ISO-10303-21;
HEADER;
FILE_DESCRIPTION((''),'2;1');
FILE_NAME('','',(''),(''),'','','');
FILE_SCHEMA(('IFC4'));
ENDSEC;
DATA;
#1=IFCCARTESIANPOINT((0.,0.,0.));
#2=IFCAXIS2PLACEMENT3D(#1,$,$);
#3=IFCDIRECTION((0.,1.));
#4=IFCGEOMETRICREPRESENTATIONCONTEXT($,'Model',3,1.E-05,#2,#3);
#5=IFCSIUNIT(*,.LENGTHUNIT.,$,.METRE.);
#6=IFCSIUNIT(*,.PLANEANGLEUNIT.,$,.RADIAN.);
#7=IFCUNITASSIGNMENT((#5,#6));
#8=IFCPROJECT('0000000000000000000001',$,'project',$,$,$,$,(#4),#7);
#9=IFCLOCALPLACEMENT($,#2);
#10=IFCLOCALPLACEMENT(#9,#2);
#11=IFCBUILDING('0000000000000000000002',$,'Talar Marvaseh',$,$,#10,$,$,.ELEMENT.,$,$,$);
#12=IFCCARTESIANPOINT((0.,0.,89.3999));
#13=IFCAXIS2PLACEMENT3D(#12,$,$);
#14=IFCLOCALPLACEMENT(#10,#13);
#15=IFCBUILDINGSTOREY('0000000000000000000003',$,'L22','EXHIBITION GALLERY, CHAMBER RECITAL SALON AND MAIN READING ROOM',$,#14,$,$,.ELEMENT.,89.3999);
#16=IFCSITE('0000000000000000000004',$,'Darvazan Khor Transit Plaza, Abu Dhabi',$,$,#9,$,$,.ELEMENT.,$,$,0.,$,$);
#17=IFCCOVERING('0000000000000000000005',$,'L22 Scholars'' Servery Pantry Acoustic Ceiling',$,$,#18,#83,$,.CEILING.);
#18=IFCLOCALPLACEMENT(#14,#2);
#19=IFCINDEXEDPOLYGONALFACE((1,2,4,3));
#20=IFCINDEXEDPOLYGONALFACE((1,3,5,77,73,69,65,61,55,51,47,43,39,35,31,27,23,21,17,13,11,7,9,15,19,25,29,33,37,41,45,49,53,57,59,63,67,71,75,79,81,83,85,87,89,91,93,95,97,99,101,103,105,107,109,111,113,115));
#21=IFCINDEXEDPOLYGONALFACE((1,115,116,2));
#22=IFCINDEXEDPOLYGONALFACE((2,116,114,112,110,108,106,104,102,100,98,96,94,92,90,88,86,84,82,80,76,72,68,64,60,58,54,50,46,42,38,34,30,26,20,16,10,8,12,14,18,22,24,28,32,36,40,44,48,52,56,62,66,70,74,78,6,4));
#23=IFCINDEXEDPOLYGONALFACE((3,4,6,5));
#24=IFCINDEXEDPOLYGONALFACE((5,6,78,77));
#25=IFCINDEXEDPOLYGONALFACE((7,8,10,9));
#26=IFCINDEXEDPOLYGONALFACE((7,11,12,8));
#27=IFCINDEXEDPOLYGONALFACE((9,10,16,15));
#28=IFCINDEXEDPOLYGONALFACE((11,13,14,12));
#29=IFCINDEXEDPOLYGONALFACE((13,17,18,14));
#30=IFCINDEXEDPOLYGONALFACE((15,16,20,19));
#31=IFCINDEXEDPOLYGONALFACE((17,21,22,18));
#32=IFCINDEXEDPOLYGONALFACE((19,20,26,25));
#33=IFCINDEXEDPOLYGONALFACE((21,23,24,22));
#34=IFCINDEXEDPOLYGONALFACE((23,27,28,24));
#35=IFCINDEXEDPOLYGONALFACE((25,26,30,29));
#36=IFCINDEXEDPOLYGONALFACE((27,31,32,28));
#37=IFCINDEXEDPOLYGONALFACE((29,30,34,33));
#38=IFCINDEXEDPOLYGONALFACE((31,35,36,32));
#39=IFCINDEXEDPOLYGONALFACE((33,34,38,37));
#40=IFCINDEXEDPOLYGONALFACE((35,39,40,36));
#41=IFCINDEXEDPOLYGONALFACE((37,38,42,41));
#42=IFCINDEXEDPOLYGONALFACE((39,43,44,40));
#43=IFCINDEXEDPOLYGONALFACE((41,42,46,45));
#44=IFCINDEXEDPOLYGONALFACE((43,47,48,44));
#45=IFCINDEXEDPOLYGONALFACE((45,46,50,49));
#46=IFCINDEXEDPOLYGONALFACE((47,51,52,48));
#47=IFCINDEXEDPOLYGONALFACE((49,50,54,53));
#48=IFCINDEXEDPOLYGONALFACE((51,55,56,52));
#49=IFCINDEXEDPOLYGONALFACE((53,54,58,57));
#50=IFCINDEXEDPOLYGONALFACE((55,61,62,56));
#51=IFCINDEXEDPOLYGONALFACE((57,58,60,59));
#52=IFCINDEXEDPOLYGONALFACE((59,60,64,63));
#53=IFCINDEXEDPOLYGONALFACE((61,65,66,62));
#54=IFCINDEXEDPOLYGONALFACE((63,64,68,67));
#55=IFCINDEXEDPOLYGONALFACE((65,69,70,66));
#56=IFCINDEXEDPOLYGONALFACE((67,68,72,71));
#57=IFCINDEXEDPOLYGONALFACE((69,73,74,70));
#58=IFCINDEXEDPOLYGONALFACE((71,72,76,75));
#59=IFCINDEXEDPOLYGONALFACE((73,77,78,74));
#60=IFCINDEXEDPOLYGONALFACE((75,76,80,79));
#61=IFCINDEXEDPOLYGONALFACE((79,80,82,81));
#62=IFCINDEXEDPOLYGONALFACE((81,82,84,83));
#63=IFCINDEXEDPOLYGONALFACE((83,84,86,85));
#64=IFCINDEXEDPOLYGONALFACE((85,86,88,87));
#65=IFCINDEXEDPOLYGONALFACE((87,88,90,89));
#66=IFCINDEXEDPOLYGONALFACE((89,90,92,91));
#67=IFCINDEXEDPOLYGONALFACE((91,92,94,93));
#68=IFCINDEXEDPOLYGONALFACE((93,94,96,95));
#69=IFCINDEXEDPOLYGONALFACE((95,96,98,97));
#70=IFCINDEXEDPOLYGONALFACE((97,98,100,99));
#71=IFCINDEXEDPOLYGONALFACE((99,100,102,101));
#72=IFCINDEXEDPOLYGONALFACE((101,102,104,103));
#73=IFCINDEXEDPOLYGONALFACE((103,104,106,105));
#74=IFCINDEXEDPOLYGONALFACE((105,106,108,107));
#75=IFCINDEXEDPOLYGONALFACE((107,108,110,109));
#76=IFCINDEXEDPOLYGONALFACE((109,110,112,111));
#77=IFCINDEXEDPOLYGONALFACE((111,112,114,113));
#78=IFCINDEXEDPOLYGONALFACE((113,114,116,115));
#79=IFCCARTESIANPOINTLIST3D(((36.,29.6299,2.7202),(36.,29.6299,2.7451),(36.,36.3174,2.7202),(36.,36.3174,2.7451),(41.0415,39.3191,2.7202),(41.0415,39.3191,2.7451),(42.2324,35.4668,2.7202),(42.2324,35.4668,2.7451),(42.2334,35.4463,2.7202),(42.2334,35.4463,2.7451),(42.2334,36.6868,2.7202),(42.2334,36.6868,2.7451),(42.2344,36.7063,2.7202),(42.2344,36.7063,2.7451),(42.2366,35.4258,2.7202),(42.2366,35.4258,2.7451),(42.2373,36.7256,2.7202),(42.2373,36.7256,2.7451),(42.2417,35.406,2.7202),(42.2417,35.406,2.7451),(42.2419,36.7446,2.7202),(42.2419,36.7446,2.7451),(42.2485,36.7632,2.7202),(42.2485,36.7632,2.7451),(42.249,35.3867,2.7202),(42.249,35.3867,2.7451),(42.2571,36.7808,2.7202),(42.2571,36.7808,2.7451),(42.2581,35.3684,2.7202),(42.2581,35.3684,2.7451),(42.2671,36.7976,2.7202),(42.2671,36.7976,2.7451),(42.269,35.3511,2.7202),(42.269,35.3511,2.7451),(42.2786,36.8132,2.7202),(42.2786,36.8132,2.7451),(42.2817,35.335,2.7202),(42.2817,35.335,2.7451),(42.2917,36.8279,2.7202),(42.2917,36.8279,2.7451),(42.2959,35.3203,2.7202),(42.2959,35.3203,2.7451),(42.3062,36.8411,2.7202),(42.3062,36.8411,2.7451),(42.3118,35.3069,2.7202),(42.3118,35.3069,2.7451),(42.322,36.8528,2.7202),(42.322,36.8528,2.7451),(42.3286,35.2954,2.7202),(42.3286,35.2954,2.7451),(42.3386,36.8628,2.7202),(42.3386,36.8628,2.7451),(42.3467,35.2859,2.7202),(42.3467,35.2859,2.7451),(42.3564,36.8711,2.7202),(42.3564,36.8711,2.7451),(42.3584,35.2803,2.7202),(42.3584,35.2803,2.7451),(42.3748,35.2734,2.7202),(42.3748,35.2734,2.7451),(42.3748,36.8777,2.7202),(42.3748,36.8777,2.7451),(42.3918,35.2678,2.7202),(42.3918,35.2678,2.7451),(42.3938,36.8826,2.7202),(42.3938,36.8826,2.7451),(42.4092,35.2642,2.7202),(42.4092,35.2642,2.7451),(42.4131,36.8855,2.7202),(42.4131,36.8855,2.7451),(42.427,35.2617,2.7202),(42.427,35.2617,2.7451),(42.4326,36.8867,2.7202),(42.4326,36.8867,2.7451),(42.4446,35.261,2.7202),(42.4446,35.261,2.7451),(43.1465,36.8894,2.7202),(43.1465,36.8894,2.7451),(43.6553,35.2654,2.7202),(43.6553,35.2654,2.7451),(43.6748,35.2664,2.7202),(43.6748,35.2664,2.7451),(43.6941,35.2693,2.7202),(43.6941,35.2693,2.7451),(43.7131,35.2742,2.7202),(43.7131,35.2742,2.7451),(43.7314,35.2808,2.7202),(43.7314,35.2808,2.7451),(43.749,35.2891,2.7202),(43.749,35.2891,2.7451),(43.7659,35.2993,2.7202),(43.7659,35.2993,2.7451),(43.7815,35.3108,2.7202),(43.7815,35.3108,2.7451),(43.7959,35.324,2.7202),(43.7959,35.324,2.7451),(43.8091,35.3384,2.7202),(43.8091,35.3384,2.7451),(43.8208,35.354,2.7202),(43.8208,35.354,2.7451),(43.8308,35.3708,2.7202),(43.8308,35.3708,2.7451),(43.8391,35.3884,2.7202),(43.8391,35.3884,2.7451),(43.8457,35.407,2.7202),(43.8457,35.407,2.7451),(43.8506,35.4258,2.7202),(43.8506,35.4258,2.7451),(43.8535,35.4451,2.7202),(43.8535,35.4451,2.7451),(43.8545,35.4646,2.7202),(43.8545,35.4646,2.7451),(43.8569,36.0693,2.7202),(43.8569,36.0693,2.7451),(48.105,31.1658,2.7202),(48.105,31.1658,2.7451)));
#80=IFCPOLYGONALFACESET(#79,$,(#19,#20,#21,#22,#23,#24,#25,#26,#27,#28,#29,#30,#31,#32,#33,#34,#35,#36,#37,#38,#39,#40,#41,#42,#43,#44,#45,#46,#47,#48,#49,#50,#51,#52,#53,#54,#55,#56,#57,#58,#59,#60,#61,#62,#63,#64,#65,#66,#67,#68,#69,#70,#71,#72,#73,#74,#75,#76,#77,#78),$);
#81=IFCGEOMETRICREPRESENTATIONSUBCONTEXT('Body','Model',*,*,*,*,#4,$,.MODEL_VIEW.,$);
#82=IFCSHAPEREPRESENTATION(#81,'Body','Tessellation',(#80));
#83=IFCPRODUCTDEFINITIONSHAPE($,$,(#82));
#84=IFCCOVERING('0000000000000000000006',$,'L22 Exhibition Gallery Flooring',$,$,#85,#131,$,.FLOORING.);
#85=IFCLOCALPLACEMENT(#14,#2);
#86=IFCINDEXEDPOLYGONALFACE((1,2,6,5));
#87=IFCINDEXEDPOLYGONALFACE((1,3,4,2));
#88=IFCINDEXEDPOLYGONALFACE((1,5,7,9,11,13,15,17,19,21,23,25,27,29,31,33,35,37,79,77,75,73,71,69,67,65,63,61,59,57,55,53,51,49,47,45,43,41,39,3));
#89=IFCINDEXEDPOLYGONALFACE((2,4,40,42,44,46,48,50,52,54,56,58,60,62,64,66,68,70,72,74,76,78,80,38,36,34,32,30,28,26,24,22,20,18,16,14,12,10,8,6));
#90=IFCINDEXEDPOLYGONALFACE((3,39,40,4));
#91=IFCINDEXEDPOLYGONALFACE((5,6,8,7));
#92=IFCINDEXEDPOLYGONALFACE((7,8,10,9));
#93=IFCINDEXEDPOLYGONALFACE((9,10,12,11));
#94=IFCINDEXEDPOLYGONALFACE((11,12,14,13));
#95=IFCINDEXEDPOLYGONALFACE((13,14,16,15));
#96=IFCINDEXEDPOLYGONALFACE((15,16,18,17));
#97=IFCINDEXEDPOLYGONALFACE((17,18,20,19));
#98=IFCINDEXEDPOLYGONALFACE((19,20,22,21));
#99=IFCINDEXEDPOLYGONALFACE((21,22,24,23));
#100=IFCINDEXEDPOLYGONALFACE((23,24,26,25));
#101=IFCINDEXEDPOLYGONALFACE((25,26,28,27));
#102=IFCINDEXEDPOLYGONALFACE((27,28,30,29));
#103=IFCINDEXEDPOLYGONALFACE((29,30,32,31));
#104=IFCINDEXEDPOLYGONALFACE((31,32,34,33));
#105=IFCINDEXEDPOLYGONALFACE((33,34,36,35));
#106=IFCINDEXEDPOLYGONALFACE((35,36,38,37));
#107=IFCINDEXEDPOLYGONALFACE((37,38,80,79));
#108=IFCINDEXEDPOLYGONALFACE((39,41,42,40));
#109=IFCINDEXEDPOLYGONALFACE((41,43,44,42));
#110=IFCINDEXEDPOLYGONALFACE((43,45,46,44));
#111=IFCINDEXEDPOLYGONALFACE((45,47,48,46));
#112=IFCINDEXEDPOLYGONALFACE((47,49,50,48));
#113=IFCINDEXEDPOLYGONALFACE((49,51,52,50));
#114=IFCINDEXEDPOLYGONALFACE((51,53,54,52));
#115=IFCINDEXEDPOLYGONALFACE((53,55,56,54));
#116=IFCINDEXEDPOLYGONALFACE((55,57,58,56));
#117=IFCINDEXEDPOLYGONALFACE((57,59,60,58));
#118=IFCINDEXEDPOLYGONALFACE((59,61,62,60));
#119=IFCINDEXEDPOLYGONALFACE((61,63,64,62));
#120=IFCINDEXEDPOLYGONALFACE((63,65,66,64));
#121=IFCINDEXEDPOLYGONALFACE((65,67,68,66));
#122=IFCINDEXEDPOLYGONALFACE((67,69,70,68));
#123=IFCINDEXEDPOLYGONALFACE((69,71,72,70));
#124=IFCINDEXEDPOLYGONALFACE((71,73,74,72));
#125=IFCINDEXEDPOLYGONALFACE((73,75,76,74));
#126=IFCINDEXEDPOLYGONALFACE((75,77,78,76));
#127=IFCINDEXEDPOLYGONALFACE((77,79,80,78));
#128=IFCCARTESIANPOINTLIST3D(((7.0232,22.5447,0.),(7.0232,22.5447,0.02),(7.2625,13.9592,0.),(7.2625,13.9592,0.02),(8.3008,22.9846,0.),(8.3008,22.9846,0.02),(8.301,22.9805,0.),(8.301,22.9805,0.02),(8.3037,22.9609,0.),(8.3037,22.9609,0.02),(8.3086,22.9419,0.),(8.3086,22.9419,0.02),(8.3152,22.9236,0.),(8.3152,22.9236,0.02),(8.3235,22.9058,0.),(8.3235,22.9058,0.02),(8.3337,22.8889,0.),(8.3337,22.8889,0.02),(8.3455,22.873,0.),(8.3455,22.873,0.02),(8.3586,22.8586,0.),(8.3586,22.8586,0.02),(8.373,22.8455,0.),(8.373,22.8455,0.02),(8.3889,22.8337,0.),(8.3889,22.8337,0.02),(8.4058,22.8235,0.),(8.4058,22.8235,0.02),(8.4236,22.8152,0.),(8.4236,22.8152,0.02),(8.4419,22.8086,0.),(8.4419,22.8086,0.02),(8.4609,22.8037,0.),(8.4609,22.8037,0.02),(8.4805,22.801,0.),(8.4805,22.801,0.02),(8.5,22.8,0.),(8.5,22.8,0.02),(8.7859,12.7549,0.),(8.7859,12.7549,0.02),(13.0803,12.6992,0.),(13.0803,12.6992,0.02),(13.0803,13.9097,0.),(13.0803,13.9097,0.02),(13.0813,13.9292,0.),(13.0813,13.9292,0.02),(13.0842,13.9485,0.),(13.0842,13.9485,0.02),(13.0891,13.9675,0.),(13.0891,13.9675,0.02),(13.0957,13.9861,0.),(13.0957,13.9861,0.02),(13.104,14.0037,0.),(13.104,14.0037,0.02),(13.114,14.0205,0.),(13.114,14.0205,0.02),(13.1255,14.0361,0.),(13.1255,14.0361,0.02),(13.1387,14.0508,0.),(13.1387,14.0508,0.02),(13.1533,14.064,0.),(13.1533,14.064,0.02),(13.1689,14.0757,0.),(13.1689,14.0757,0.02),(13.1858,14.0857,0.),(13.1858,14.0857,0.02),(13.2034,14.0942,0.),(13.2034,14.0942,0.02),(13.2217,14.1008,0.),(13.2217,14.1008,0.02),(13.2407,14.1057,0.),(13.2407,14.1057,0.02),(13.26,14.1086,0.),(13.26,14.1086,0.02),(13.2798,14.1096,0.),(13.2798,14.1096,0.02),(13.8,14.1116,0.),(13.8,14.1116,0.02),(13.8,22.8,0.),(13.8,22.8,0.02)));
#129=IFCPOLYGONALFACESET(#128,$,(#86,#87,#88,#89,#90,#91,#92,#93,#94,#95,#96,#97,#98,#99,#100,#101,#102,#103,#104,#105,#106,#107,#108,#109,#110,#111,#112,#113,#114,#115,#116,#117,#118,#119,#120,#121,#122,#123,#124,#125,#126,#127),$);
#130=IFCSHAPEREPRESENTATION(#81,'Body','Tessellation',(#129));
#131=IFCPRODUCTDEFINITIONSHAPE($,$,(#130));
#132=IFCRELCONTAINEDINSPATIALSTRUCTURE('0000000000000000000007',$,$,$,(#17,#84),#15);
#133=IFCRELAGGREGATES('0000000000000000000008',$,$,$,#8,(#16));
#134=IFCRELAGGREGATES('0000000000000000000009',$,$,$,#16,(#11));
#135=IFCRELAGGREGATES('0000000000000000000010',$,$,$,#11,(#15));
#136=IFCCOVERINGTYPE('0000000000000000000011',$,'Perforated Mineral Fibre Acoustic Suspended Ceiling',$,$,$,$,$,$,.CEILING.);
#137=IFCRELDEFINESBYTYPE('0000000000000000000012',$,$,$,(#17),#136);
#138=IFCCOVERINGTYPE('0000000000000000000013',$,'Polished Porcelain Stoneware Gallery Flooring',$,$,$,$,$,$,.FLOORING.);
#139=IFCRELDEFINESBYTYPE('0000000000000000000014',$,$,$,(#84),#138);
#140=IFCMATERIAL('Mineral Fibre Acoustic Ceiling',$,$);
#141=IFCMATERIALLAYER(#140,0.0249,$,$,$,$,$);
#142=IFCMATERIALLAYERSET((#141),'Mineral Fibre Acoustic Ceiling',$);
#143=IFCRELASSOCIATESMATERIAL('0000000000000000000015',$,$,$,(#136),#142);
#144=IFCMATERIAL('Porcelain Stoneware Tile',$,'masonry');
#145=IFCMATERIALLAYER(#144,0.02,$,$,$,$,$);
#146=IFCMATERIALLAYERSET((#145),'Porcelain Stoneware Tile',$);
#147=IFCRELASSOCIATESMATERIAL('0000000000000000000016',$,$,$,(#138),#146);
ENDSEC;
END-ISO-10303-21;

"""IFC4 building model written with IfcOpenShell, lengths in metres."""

from ifc_helpers import new_model, si_unit, direction, frame, origin, place, context, subcontext, project, spatial, polyline, outline, extrude, material, layer, layer_set, type_object, element, save


model = new_model("IFC4")

# Units and contexts
model_context = context("Model", 3, precision=1e-05, world=origin(), true_north=direction((0.0, 1.0)))
body_context = subcontext(model_context, "Body", "Model", "MODEL_VIEW")
ifc_project = project(units=[si_unit("LENGTHUNIT", "METRE"), si_unit("PLANEANGLEUNIT", "RADIAN")], contexts=[model_context])

# Site, building, storey
site_placement = place(None, origin())
site = spatial("IfcSite", under=ifc_project, at=site_placement, Name="Darvazan Khor Transit Plaza, Abu Dhabi", CompositionType="ELEMENT", RefElevation=0.0)
building_placement = place(site_placement, origin())
building = spatial("IfcBuilding", under=site, at=building_placement, Name="Talar Marvaseh", CompositionType="ELEMENT")
storey_placement = place(building_placement, frame((0.0, 0.0, 89.3999)))
storey = spatial("IfcBuildingStorey", under=building, at=storey_placement, Name="L22", Description="EXHIBITION GALLERY, CHAMBER RECITAL SALON AND MAIN READING ROOM", CompositionType="ELEMENT", Elevation=89.3999)

# Coverings
ifc_material_1 = material(Name="Mineral Fibre Acoustic Ceiling")
ifc_layer_1 = layer(ifc_material_1, 0.0249)
ifc_layer_set_1 = layer_set([ifc_layer_1], Name="Mineral Fibre Acoustic Ceiling")
covering_type_1 = type_object("IfcCoveringType", Name="Perforated Mineral Fibre Acoustic Suspended Ceiling", PredefinedType="CEILING", material=ifc_layer_set_1)
covering_1_placement = place(storey_placement, frame((0.0, 0.0, 2.7202)))
element("IfcCovering", 1, at=covering_1_placement, inside=storey, type_object=covering_type_1, Name="L22 Scholars' Servery Pantry Acoustic Ceiling", PredefinedType="CEILING", context=body_context, shape_type="SweptSolid", body=[
    extrude(outline(polyline([(42.3938, 36.8826), (42.3748, 36.8777), (42.3564, 36.8711), (42.3386, 36.8628), (42.322, 36.8528), (42.3062, 36.8411), (42.2917, 36.8279), (42.2786, 36.8132), (42.2671, 36.7976), (42.2571, 36.7808), (42.2485, 36.7632), (42.2419, 36.7446), (42.2373, 36.7256), (42.2344, 36.7063), (42.2334, 36.6868), (42.2324, 35.4668), (42.2334, 35.4463), (42.2366, 35.4258), (42.2417, 35.406), (42.249, 35.3867), (42.2581, 35.3684), (42.269, 35.3511), (42.2817, 35.335), (42.2959, 35.3203), (42.3118, 35.3069), (42.3286, 35.2954), (42.3467, 35.2859), (42.3584, 35.2803), (42.3748, 35.2734), (42.3918, 35.2678), (42.4092, 35.2642), (42.427, 35.2617), (42.4446, 35.261), (43.6553, 35.2654), (43.6748, 35.2664), (43.6941, 35.2693), (43.7131, 35.2742), (43.7314, 35.2808), (43.749, 35.2891), (43.7659, 35.2993), (43.7815, 35.3108), (43.7959, 35.324), (43.8091, 35.3384), (43.8208, 35.354), (43.8308, 35.3708), (43.8391, 35.3884), (43.8457, 35.407), (43.8506, 35.4258), (43.8535, 35.4451), (43.8545, 35.4646), (43.8569, 36.0693), (48.105, 31.1658), (36.0, 29.6299), (36.0, 36.3174), (41.0415, 39.3191), (43.1465, 36.8894), (42.4326, 36.8867), (42.4131, 36.8855), (42.3938, 36.8826)])), origin(), (0.0, 0.0, 1.0), 0.0249),
])
ifc_material_2 = material(Name="Porcelain Stoneware Tile", Category="masonry")
ifc_layer_2 = layer(ifc_material_2, 0.02)
ifc_layer_set_2 = layer_set([ifc_layer_2], Name="Porcelain Stoneware Tile")
covering_type_2 = type_object("IfcCoveringType", Name="Polished Porcelain Stoneware Gallery Flooring", PredefinedType="FLOORING", material=ifc_layer_set_2)
covering_2_placement = place(storey_placement, origin())
element("IfcCovering", 2, at=covering_2_placement, inside=storey, type_object=covering_type_2, Name="L22 Exhibition Gallery Flooring", PredefinedType="FLOORING", context=body_context, shape_type="SweptSolid", body=[
    extrude(outline(polyline([(8.3037, 22.9609), (8.3086, 22.9419), (8.3152, 22.9236), (8.3235, 22.9058), (8.3337, 22.8889), (8.3455, 22.873), (8.3586, 22.8586), (8.373, 22.8455), (8.3889, 22.8337), (8.4058, 22.8235), (8.4236, 22.8152), (8.4419, 22.8086), (8.4609, 22.8037), (8.4805, 22.801), (8.5, 22.8), (13.8, 22.8), (13.8, 14.1116), (13.2798, 14.1096), (13.26, 14.1086), (13.2407, 14.1057), (13.2217, 14.1008), (13.2034, 14.0942), (13.1858, 14.0857), (13.1689, 14.0757), (13.1533, 14.064), (13.1387, 14.0508), (13.1255, 14.0361), (13.114, 14.0205), (13.104, 14.0037), (13.0957, 13.9861), (13.0891, 13.9675), (13.0842, 13.9485), (13.0813, 13.9292), (13.0803, 13.9097), (13.0803, 12.6992), (8.7859, 12.7549), (7.2625, 13.9592), (7.0232, 22.5447), (8.3008, 22.9846), (8.301, 22.9805), (8.3037, 22.9609)])), origin(), (0.0, 0.0, 1.0), 0.02),
])

save(model, "model.ifc")
